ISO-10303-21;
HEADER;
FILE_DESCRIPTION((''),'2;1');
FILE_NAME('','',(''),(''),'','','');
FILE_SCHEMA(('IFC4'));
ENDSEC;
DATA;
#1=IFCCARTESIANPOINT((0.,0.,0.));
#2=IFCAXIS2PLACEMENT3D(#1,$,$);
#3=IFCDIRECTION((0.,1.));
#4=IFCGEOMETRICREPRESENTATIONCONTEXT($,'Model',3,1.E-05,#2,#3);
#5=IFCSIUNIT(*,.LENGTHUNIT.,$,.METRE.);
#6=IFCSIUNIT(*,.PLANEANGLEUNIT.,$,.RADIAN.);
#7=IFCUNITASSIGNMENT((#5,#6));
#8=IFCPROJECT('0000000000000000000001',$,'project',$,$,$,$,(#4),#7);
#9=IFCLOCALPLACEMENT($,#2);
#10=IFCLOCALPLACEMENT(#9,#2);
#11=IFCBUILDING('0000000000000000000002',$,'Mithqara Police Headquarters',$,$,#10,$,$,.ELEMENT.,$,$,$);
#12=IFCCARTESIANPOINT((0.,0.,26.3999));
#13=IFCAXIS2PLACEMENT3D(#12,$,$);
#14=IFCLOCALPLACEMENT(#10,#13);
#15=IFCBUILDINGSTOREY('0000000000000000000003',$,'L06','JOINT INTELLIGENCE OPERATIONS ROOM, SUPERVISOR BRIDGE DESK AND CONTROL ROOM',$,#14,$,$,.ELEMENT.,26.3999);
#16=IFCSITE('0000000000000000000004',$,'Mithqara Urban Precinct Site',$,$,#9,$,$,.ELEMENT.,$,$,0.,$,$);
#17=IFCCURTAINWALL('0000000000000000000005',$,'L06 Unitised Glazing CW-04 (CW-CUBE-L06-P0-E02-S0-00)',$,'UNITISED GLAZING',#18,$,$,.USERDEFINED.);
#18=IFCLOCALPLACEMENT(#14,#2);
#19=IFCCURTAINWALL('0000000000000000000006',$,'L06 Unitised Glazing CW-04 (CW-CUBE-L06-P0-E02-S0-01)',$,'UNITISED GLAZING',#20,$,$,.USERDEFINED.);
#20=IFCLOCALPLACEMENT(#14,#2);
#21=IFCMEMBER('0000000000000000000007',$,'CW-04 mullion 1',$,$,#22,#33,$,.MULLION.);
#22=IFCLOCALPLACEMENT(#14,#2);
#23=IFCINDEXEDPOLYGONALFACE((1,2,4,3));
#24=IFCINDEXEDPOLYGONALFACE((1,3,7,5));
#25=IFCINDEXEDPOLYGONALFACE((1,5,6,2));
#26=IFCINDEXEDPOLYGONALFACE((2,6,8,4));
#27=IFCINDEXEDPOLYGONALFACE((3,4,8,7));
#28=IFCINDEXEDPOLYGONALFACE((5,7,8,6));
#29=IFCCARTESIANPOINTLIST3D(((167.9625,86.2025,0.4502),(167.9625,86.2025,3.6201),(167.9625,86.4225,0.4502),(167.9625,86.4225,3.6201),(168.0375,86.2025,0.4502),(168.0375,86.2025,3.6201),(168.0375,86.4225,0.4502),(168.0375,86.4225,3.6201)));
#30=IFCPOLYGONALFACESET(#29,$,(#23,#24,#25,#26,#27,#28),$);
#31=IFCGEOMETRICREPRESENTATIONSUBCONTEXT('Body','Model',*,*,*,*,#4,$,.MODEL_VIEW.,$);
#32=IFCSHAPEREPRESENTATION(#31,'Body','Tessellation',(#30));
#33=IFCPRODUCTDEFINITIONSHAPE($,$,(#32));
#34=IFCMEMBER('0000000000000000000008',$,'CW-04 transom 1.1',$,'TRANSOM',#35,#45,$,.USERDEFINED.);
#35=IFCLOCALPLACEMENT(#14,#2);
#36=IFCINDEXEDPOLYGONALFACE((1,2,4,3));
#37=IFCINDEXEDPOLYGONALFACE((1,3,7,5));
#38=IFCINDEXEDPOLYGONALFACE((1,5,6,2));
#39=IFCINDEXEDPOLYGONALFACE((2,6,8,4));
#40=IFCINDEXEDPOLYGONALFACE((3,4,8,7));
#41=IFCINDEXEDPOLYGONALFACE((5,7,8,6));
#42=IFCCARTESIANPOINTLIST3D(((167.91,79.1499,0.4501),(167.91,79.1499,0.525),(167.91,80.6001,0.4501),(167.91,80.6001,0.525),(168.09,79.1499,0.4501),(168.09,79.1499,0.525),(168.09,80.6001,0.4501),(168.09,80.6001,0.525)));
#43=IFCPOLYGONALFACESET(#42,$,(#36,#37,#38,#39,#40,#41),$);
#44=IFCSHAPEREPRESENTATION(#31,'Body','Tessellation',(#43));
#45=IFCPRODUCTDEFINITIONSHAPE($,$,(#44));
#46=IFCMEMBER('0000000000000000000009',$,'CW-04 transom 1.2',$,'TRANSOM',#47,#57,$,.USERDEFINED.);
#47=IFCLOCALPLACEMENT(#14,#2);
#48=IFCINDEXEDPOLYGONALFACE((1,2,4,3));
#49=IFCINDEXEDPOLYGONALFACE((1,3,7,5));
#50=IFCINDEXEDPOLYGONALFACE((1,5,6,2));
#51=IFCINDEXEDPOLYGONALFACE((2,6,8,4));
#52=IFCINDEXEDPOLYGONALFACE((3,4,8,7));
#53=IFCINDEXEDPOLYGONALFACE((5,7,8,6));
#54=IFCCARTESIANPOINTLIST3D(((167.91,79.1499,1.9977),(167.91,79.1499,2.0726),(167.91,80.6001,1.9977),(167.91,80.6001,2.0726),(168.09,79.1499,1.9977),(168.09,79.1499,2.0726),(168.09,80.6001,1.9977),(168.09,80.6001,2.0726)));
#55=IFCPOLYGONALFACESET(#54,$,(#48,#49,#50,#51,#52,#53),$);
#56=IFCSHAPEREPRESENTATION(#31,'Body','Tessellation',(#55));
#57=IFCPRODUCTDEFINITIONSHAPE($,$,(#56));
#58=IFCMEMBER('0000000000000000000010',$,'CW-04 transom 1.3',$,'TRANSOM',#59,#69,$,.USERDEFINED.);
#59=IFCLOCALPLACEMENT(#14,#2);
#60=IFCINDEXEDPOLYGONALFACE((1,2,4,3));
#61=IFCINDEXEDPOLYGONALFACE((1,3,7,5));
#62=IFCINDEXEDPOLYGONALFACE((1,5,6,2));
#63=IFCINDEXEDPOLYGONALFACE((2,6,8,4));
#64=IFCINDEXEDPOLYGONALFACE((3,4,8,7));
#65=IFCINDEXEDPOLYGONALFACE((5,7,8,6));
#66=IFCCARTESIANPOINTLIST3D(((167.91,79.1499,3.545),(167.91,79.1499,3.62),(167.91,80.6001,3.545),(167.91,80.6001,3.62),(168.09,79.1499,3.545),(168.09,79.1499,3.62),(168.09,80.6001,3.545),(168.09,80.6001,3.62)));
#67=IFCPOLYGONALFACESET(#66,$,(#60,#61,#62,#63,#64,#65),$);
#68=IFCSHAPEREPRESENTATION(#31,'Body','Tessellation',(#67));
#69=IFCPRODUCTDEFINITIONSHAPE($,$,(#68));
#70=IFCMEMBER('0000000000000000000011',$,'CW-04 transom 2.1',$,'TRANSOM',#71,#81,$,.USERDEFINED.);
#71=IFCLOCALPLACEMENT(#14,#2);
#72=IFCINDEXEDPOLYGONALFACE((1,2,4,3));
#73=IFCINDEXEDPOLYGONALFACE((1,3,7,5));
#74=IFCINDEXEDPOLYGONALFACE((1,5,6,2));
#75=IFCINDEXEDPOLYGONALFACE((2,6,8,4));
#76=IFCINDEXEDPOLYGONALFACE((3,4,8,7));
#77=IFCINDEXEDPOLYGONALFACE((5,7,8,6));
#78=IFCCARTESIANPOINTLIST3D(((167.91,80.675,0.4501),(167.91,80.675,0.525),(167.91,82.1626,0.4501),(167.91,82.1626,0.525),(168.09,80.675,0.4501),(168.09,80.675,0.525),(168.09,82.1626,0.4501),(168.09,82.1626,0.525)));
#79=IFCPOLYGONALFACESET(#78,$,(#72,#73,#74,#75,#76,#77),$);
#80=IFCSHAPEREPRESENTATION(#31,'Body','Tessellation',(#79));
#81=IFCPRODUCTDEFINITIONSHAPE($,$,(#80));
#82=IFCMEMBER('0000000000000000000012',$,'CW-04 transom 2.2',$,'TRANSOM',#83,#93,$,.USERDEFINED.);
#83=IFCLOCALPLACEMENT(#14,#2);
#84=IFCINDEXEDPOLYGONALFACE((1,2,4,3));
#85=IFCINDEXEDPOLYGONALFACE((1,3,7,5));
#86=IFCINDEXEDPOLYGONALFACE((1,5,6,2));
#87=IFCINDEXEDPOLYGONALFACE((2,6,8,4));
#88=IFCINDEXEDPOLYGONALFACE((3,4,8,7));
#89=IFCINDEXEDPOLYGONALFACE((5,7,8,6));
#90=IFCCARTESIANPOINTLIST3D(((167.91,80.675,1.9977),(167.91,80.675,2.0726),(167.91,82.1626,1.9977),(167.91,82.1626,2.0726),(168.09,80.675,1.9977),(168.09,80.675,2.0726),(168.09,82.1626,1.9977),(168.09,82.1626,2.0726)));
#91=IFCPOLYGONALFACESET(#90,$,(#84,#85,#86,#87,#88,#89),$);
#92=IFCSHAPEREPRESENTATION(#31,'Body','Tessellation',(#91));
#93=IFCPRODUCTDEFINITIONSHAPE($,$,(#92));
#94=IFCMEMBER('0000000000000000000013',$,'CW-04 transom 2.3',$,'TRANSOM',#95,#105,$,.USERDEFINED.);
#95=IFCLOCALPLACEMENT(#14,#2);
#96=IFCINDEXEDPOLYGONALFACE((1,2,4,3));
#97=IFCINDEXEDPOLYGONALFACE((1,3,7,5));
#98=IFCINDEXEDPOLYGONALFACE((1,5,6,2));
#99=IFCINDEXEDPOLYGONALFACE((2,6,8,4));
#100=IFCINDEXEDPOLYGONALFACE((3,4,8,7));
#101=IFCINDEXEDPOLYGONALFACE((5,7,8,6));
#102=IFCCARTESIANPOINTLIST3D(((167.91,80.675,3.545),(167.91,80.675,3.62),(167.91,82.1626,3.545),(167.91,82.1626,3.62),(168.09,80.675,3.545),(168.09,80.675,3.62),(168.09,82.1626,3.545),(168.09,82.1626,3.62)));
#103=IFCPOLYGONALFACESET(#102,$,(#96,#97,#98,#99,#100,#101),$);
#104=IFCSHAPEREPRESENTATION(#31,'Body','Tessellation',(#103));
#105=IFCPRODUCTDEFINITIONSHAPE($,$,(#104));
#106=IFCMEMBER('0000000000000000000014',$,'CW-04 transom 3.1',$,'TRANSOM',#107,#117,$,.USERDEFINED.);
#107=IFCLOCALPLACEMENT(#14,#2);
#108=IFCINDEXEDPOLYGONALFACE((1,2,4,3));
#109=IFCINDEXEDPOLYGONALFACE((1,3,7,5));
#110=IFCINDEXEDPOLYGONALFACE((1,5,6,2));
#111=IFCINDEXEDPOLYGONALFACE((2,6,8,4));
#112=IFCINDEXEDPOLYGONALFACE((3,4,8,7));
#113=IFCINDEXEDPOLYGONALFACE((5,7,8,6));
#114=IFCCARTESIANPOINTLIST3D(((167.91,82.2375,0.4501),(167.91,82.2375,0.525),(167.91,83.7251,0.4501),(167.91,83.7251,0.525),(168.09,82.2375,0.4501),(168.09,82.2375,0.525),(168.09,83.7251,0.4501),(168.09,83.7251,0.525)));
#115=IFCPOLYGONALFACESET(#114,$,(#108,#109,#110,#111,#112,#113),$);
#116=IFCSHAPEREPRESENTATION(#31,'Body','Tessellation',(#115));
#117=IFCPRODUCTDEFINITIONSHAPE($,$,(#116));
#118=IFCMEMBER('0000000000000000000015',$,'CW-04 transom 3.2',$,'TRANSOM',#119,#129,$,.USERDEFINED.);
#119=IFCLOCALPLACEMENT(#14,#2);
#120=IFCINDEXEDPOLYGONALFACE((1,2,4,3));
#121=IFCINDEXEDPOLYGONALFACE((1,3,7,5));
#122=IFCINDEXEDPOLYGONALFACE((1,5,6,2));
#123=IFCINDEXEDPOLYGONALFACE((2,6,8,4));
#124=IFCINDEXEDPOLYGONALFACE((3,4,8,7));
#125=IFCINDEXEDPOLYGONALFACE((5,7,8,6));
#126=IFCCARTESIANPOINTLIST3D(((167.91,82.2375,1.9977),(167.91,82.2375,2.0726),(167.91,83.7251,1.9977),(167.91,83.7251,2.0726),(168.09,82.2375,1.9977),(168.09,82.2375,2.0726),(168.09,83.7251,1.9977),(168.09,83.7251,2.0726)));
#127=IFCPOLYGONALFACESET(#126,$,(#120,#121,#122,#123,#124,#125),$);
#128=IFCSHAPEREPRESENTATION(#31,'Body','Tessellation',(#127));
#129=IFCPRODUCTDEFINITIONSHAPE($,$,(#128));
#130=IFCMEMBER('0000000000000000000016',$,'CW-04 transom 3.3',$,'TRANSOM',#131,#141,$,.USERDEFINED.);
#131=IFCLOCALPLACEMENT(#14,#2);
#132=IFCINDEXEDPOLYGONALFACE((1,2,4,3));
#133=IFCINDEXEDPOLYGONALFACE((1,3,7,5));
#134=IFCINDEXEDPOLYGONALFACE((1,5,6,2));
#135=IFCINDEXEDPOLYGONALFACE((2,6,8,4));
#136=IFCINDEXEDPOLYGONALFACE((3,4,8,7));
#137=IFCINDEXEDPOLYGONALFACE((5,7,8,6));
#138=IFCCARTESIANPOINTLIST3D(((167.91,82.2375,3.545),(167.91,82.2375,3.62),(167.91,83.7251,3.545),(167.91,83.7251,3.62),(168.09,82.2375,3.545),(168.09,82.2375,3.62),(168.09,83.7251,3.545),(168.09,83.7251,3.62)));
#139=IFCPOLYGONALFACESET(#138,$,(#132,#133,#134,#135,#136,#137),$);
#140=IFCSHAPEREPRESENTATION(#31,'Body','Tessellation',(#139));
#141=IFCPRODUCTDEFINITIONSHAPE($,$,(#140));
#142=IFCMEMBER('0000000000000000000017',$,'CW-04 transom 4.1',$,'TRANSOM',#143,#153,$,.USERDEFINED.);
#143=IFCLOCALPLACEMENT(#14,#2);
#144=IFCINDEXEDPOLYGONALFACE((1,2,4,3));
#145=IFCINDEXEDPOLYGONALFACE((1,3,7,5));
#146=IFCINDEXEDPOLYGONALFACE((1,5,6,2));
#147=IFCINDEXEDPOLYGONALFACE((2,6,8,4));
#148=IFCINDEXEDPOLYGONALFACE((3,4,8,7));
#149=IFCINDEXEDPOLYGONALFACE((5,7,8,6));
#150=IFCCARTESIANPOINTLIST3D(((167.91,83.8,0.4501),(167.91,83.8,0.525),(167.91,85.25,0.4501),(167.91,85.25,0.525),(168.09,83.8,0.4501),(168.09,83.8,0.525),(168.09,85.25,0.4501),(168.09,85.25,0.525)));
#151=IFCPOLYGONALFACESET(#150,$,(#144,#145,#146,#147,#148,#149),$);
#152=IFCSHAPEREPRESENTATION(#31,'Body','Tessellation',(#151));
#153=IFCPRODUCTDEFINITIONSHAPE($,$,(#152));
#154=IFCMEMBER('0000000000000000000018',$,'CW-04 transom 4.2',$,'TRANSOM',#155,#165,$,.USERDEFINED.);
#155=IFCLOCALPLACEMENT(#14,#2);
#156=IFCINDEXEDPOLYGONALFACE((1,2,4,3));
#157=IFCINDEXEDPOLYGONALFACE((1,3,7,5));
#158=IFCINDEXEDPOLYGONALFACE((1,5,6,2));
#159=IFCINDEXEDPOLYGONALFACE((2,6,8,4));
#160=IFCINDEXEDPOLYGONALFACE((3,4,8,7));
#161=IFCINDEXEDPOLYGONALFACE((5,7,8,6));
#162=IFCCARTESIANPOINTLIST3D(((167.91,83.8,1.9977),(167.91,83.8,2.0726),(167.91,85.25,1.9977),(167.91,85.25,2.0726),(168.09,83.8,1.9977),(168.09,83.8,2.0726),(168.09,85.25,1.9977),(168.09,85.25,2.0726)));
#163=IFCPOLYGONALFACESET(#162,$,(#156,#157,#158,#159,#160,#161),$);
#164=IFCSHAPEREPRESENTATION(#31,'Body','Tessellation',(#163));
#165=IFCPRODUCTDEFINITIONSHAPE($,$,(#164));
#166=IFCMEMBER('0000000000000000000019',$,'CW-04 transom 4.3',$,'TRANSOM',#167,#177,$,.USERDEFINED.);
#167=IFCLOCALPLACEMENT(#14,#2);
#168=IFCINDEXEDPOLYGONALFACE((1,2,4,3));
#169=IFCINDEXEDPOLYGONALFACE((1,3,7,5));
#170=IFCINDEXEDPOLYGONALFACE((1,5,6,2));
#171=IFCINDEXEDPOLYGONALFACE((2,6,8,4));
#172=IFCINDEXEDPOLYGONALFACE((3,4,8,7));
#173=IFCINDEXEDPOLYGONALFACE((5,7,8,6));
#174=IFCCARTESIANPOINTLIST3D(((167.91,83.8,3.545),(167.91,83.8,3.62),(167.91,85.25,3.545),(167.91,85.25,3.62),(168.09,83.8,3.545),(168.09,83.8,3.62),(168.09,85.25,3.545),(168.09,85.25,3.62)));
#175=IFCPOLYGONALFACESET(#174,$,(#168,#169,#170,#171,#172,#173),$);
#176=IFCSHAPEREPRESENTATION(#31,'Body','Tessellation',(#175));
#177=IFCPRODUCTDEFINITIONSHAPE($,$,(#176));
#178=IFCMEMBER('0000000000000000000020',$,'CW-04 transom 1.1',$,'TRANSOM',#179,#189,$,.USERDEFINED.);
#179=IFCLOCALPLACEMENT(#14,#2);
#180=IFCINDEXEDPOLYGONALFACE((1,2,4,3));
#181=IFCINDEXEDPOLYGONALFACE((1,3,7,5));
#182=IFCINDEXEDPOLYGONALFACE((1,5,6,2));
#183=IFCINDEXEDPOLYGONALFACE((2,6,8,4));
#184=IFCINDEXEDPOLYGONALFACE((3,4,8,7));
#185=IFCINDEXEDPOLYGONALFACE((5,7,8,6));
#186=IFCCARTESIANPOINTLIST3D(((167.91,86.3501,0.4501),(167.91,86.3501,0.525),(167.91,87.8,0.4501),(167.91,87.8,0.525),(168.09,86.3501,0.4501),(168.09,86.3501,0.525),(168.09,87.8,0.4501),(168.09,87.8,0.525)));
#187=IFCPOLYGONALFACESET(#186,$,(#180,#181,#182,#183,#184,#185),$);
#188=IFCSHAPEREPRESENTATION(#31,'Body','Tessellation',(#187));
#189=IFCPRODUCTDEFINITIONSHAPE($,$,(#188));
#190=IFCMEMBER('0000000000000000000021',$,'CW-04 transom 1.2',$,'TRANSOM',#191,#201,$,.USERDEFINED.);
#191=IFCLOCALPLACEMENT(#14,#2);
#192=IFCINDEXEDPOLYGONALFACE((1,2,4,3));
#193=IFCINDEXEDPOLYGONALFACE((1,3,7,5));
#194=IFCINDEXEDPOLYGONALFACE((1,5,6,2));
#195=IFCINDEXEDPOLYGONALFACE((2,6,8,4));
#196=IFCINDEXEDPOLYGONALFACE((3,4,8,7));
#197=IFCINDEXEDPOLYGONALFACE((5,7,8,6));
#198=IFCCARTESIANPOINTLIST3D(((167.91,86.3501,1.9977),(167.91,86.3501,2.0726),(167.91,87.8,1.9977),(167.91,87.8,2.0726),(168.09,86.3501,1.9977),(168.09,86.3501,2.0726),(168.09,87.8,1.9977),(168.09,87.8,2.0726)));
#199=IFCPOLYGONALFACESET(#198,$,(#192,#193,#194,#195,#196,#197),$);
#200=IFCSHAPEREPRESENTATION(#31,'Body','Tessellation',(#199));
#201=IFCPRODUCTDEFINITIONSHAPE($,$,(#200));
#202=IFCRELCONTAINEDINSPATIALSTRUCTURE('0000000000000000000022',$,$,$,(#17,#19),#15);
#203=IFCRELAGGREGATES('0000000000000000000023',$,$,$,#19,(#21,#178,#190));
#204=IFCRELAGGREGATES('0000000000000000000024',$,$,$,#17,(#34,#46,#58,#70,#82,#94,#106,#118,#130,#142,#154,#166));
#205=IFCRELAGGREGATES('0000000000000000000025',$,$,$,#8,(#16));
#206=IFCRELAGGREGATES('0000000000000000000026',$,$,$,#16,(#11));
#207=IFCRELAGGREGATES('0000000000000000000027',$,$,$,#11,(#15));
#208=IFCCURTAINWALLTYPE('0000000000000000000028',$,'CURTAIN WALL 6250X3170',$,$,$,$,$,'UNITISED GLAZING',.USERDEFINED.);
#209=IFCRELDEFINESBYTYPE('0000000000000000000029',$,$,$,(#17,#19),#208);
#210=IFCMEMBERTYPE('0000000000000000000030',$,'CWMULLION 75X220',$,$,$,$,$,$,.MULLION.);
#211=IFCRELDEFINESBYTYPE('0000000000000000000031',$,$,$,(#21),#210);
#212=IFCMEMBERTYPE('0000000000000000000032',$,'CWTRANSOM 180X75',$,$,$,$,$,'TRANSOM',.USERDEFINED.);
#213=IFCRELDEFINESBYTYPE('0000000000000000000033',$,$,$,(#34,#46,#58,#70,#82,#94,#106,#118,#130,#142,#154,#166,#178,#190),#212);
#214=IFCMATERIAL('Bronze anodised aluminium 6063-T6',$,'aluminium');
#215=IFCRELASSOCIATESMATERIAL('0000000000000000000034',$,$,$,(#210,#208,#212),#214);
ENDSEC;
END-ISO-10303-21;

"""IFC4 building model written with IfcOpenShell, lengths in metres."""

from ifc_helpers import new_model, si_unit, direction, frame, origin, origin_2d, place, context, subcontext, project, spatial, rectangle, extrude, material, material_profile, profile_set, type_object, element, aggregate, save


model = new_model("IFC4")

# Units and contexts
model_context = context("Model", 3, precision=1e-05, world=origin(), true_north=direction((0.0, 1.0)))
body_context = subcontext(model_context, "Body", "Model", "MODEL_VIEW")
ifc_project = project(units=[si_unit("LENGTHUNIT", "METRE"), si_unit("PLANEANGLEUNIT", "RADIAN")], contexts=[model_context])

# Site, building, storey
site_placement = place(None, origin())
site = spatial("IfcSite", under=ifc_project, at=site_placement, Name="Mithqara Urban Precinct Site", CompositionType="ELEMENT", RefElevation=0.0)
building_placement = place(site_placement, origin())
building = spatial("IfcBuilding", under=site, at=building_placement, Name="Mithqara Police Headquarters", CompositionType="ELEMENT")
storey_placement = place(building_placement, frame((0.0, 0.0, 26.3999)))
storey = spatial("IfcBuildingStorey", under=building, at=storey_placement, Name="L06", Description="JOINT INTELLIGENCE OPERATIONS ROOM, SUPERVISOR BRIDGE DESK AND CONTROL ROOM", CompositionType="ELEMENT", Elevation=26.3999)

# Shared definitions
ifc_material_1 = material(Name="Bronze anodised aluminium 6063-T6", Category="aluminium")
ifc_material_profile_1 = material_profile(ifc_material_1, rectangle(XDim=0.075, YDim=0.22, at=origin_2d()), Name="CWM 75x220")
ifc_profile_set_1 = profile_set([ifc_material_profile_1], Name="Bronze anodised aluminium 6063-T6")
member_type_1 = type_object("IfcMemberType", Name="CWMULLION 75X220", PredefinedType="MULLION", material=ifc_profile_set_1)

# Curtain wall
curtain_wall_type_1 = type_object("IfcCurtainWallType", Name="CURTAIN WALL 6250X3170", ElementType="UNITISED GLAZING", PredefinedType="USERDEFINED", material=ifc_material_1)
curtain_wall_1_placement = place(storey_placement, origin())
curtain_wall_1 = element("IfcCurtainWall", 1, at=curtain_wall_1_placement, inside=storey, type_object=curtain_wall_type_1, Name="L06 Unitised Glazing CW-04 (CW-CUBE-L06-P0-E02-S0-00)", ObjectType="UNITISED GLAZING", PredefinedType="USERDEFINED")

# Curtain wall, member
curtain_wall_2_placement = place(storey_placement, origin())
curtain_wall_2 = element("IfcCurtainWall", 2, at=curtain_wall_2_placement, inside=storey, type_object=curtain_wall_type_1, Name="L06 Unitised Glazing CW-04 (CW-CUBE-L06-P0-E02-S0-01)", ObjectType="UNITISED GLAZING", PredefinedType="USERDEFINED")
member_1_placement = place(storey_placement, frame((168.0, 86.3125, 0.4502), z_axis=(0.0, 0.0, 1.0), x_axis=(-1.0, 0.0, 0.0)))
member_1 = element("IfcMember", 3, at=member_1_placement, type_object=member_type_1, Name="CW-04 mullion 1", PredefinedType="MULLION", context=body_context, shape_type="SweptSolid", body=[
    extrude(rectangle(XDim=0.075, YDim=0.22, at=origin_2d()), origin(), (0.0, 0.0, 1.0), 3.1699),
])

# Members
ifc_material_profile_2 = material_profile(ifc_material_1, rectangle(XDim=0.1799, YDim=0.075, at=origin_2d()), Name="CWT 180x75")
ifc_profile_set_2 = profile_set([ifc_material_profile_2], Name="Bronze anodised aluminium 6063-T6")
member_type_2 = type_object("IfcMemberType", Name="CWTRANSOM 180X75", ElementType="TRANSOM", PredefinedType="USERDEFINED", material=ifc_profile_set_2)
member_2_placement = place(storey_placement, frame((168.0, 79.1499, 0.4875), z_axis=(0.0, 1.0, 0.0), x_axis=(-1.0, 0.0, 0.0)))
member_2 = element("IfcMember", 4, at=member_2_placement, type_object=member_type_2, Name="CW-04 transom 1.1", ObjectType="TRANSOM", PredefinedType="USERDEFINED", context=body_context, shape_type="SweptSolid", body=[
    extrude(rectangle(XDim=0.1799, YDim=0.075, at=origin_2d()), origin(), (0.0, 0.0, 1.0), 1.4502),
])
member_3_placement = place(storey_placement, frame((168.0, 79.1499, 2.0352), z_axis=(0.0, 1.0, 0.0), x_axis=(-1.0, 0.0, 0.0)))
member_3 = element("IfcMember", 5, at=member_3_placement, type_object=member_type_2, Name="CW-04 transom 1.2", ObjectType="TRANSOM", PredefinedType="USERDEFINED", context=body_context, shape_type="SweptSolid", body=[
    extrude(rectangle(XDim=0.1799, YDim=0.075, at=origin_2d()), origin(), (0.0, 0.0, 1.0), 1.4502),
])
member_4_placement = place(storey_placement, frame((168.0, 79.1499, 3.5825), z_axis=(0.0, 1.0, 0.0), x_axis=(-1.0, 0.0, 0.0)))
member_4 = element("IfcMember", 6, at=member_4_placement, type_object=member_type_2, Name="CW-04 transom 1.3", ObjectType="TRANSOM", PredefinedType="USERDEFINED", context=body_context, shape_type="SweptSolid", body=[
    extrude(rectangle(XDim=0.1799, YDim=0.075, at=origin_2d()), origin(), (0.0, 0.0, 1.0), 1.4502),
])
member_5_placement = place(storey_placement, frame((168.0, 80.675, 0.4875), z_axis=(0.0, 1.0, 0.0), x_axis=(-1.0, 0.0, 0.0)))
member_5 = element("IfcMember", 7, at=member_5_placement, type_object=member_type_2, Name="CW-04 transom 2.1", ObjectType="TRANSOM", PredefinedType="USERDEFINED", context=body_context, shape_type="SweptSolid", body=[
    extrude(rectangle(XDim=0.1799, YDim=0.075, at=origin_2d()), origin(), (0.0, 0.0, 1.0), 1.4875),
])
member_6_placement = place(storey_placement, frame((168.0, 80.675, 2.0352), z_axis=(0.0, 1.0, 0.0), x_axis=(-1.0, 0.0, 0.0)))
member_6 = element("IfcMember", 8, at=member_6_placement, type_object=member_type_2, Name="CW-04 transom 2.2", ObjectType="TRANSOM", PredefinedType="USERDEFINED", context=body_context, shape_type="SweptSolid", body=[
    extrude(rectangle(XDim=0.1799, YDim=0.075, at=origin_2d()), origin(), (0.0, 0.0, 1.0), 1.4875),
])
member_7_placement = place(storey_placement, frame((168.0, 80.675, 3.5825), z_axis=(0.0, 1.0, 0.0), x_axis=(-1.0, 0.0, 0.0)))
member_7 = element("IfcMember", 9, at=member_7_placement, type_object=member_type_2, Name="CW-04 transom 2.3", ObjectType="TRANSOM", PredefinedType="USERDEFINED", context=body_context, shape_type="SweptSolid", body=[
    extrude(rectangle(XDim=0.1799, YDim=0.075, at=origin_2d()), origin(), (0.0, 0.0, 1.0), 1.4875),
])
member_8_placement = place(storey_placement, frame((168.0, 82.2375, 0.4875), z_axis=(0.0, 1.0, 0.0), x_axis=(-1.0, 0.0, 0.0)))
member_8 = element("IfcMember", 10, at=member_8_placement, type_object=member_type_2, Name="CW-04 transom 3.1", ObjectType="TRANSOM", PredefinedType="USERDEFINED", context=body_context, shape_type="SweptSolid", body=[
    extrude(rectangle(XDim=0.1799, YDim=0.075, at=origin_2d()), origin(), (0.0, 0.0, 1.0), 1.4875),
])
member_9_placement = place(storey_placement, frame((168.0, 82.2375, 2.0352), z_axis=(0.0, 1.0, 0.0), x_axis=(-1.0, 0.0, 0.0)))
member_9 = element("IfcMember", 11, at=member_9_placement, type_object=member_type_2, Name="CW-04 transom 3.2", ObjectType="TRANSOM", PredefinedType="USERDEFINED", context=body_context, shape_type="SweptSolid", body=[
    extrude(rectangle(XDim=0.1799, YDim=0.075, at=origin_2d()), origin(), (0.0, 0.0, 1.0), 1.4875),
])
member_10_placement = place(storey_placement, frame((168.0, 82.2375, 3.5825), z_axis=(0.0, 1.0, 0.0), x_axis=(-1.0, 0.0, 0.0)))
member_10 = element("IfcMember", 12, at=member_10_placement, type_object=member_type_2, Name="CW-04 transom 3.3", ObjectType="TRANSOM", PredefinedType="USERDEFINED", context=body_context, shape_type="SweptSolid", body=[
    extrude(rectangle(XDim=0.1799, YDim=0.075, at=origin_2d()), origin(), (0.0, 0.0, 1.0), 1.4875),
])
member_11_placement = place(storey_placement, frame((168.0, 83.8, 0.4875), z_axis=(0.0, 1.0, 0.0), x_axis=(-1.0, 0.0, 0.0)))
member_11 = element("IfcMember", 13, at=member_11_placement, type_object=member_type_2, Name="CW-04 transom 4.1", ObjectType="TRANSOM", PredefinedType="USERDEFINED", context=body_context, shape_type="SweptSolid", body=[
    extrude(rectangle(XDim=0.1799, YDim=0.075, at=origin_2d()), origin(), (0.0, 0.0, 1.0), 1.45),
])
member_12_placement = place(storey_placement, frame((168.0, 83.8, 2.0352), z_axis=(0.0, 1.0, 0.0), x_axis=(-1.0, 0.0, 0.0)))
member_12 = element("IfcMember", 14, at=member_12_placement, type_object=member_type_2, Name="CW-04 transom 4.2", ObjectType="TRANSOM", PredefinedType="USERDEFINED", context=body_context, shape_type="SweptSolid", body=[
    extrude(rectangle(XDim=0.1799, YDim=0.075, at=origin_2d()), origin(), (0.0, 0.0, 1.0), 1.45),
])
member_13_placement = place(storey_placement, frame((168.0, 83.8, 3.5825), z_axis=(0.0, 1.0, 0.0), x_axis=(-1.0, 0.0, 0.0)))
member_13 = element("IfcMember", 15, at=member_13_placement, type_object=member_type_2, Name="CW-04 transom 4.3", ObjectType="TRANSOM", PredefinedType="USERDEFINED", context=body_context, shape_type="SweptSolid", body=[
    extrude(rectangle(XDim=0.1799, YDim=0.075, at=origin_2d()), origin(), (0.0, 0.0, 1.0), 1.45),
])
member_14_placement = place(storey_placement, frame((168.0, 86.3501, 0.4875), z_axis=(0.0, 1.0, 0.0), x_axis=(-1.0, 0.0, 0.0)))
member_14 = element("IfcMember", 16, at=member_14_placement, type_object=member_type_2, Name="CW-04 transom 1.1", ObjectType="TRANSOM", PredefinedType="USERDEFINED", context=body_context, shape_type="SweptSolid", body=[
    extrude(rectangle(XDim=0.1799, YDim=0.075, at=origin_2d()), origin(), (0.0, 0.0, 1.0), 1.45),
])
member_15_placement = place(storey_placement, frame((168.0, 86.3501, 2.0352), z_axis=(0.0, 1.0, 0.0), x_axis=(-1.0, 0.0, 0.0)))
member_15 = element("IfcMember", 17, at=member_15_placement, type_object=member_type_2, Name="CW-04 transom 1.2", ObjectType="TRANSOM", PredefinedType="USERDEFINED", context=body_context, shape_type="SweptSolid", body=[
    extrude(rectangle(XDim=0.1799, YDim=0.075, at=origin_2d()), origin(), (0.0, 0.0, 1.0), 1.45),
])
aggregate(curtain_wall_2, [member_1, member_14, member_15])

aggregate(curtain_wall_1, [member_2, member_3, member_4, member_5, member_6, member_7, member_8, member_9, member_10, member_11, member_12, member_13])

save(model, "model.ifc")
